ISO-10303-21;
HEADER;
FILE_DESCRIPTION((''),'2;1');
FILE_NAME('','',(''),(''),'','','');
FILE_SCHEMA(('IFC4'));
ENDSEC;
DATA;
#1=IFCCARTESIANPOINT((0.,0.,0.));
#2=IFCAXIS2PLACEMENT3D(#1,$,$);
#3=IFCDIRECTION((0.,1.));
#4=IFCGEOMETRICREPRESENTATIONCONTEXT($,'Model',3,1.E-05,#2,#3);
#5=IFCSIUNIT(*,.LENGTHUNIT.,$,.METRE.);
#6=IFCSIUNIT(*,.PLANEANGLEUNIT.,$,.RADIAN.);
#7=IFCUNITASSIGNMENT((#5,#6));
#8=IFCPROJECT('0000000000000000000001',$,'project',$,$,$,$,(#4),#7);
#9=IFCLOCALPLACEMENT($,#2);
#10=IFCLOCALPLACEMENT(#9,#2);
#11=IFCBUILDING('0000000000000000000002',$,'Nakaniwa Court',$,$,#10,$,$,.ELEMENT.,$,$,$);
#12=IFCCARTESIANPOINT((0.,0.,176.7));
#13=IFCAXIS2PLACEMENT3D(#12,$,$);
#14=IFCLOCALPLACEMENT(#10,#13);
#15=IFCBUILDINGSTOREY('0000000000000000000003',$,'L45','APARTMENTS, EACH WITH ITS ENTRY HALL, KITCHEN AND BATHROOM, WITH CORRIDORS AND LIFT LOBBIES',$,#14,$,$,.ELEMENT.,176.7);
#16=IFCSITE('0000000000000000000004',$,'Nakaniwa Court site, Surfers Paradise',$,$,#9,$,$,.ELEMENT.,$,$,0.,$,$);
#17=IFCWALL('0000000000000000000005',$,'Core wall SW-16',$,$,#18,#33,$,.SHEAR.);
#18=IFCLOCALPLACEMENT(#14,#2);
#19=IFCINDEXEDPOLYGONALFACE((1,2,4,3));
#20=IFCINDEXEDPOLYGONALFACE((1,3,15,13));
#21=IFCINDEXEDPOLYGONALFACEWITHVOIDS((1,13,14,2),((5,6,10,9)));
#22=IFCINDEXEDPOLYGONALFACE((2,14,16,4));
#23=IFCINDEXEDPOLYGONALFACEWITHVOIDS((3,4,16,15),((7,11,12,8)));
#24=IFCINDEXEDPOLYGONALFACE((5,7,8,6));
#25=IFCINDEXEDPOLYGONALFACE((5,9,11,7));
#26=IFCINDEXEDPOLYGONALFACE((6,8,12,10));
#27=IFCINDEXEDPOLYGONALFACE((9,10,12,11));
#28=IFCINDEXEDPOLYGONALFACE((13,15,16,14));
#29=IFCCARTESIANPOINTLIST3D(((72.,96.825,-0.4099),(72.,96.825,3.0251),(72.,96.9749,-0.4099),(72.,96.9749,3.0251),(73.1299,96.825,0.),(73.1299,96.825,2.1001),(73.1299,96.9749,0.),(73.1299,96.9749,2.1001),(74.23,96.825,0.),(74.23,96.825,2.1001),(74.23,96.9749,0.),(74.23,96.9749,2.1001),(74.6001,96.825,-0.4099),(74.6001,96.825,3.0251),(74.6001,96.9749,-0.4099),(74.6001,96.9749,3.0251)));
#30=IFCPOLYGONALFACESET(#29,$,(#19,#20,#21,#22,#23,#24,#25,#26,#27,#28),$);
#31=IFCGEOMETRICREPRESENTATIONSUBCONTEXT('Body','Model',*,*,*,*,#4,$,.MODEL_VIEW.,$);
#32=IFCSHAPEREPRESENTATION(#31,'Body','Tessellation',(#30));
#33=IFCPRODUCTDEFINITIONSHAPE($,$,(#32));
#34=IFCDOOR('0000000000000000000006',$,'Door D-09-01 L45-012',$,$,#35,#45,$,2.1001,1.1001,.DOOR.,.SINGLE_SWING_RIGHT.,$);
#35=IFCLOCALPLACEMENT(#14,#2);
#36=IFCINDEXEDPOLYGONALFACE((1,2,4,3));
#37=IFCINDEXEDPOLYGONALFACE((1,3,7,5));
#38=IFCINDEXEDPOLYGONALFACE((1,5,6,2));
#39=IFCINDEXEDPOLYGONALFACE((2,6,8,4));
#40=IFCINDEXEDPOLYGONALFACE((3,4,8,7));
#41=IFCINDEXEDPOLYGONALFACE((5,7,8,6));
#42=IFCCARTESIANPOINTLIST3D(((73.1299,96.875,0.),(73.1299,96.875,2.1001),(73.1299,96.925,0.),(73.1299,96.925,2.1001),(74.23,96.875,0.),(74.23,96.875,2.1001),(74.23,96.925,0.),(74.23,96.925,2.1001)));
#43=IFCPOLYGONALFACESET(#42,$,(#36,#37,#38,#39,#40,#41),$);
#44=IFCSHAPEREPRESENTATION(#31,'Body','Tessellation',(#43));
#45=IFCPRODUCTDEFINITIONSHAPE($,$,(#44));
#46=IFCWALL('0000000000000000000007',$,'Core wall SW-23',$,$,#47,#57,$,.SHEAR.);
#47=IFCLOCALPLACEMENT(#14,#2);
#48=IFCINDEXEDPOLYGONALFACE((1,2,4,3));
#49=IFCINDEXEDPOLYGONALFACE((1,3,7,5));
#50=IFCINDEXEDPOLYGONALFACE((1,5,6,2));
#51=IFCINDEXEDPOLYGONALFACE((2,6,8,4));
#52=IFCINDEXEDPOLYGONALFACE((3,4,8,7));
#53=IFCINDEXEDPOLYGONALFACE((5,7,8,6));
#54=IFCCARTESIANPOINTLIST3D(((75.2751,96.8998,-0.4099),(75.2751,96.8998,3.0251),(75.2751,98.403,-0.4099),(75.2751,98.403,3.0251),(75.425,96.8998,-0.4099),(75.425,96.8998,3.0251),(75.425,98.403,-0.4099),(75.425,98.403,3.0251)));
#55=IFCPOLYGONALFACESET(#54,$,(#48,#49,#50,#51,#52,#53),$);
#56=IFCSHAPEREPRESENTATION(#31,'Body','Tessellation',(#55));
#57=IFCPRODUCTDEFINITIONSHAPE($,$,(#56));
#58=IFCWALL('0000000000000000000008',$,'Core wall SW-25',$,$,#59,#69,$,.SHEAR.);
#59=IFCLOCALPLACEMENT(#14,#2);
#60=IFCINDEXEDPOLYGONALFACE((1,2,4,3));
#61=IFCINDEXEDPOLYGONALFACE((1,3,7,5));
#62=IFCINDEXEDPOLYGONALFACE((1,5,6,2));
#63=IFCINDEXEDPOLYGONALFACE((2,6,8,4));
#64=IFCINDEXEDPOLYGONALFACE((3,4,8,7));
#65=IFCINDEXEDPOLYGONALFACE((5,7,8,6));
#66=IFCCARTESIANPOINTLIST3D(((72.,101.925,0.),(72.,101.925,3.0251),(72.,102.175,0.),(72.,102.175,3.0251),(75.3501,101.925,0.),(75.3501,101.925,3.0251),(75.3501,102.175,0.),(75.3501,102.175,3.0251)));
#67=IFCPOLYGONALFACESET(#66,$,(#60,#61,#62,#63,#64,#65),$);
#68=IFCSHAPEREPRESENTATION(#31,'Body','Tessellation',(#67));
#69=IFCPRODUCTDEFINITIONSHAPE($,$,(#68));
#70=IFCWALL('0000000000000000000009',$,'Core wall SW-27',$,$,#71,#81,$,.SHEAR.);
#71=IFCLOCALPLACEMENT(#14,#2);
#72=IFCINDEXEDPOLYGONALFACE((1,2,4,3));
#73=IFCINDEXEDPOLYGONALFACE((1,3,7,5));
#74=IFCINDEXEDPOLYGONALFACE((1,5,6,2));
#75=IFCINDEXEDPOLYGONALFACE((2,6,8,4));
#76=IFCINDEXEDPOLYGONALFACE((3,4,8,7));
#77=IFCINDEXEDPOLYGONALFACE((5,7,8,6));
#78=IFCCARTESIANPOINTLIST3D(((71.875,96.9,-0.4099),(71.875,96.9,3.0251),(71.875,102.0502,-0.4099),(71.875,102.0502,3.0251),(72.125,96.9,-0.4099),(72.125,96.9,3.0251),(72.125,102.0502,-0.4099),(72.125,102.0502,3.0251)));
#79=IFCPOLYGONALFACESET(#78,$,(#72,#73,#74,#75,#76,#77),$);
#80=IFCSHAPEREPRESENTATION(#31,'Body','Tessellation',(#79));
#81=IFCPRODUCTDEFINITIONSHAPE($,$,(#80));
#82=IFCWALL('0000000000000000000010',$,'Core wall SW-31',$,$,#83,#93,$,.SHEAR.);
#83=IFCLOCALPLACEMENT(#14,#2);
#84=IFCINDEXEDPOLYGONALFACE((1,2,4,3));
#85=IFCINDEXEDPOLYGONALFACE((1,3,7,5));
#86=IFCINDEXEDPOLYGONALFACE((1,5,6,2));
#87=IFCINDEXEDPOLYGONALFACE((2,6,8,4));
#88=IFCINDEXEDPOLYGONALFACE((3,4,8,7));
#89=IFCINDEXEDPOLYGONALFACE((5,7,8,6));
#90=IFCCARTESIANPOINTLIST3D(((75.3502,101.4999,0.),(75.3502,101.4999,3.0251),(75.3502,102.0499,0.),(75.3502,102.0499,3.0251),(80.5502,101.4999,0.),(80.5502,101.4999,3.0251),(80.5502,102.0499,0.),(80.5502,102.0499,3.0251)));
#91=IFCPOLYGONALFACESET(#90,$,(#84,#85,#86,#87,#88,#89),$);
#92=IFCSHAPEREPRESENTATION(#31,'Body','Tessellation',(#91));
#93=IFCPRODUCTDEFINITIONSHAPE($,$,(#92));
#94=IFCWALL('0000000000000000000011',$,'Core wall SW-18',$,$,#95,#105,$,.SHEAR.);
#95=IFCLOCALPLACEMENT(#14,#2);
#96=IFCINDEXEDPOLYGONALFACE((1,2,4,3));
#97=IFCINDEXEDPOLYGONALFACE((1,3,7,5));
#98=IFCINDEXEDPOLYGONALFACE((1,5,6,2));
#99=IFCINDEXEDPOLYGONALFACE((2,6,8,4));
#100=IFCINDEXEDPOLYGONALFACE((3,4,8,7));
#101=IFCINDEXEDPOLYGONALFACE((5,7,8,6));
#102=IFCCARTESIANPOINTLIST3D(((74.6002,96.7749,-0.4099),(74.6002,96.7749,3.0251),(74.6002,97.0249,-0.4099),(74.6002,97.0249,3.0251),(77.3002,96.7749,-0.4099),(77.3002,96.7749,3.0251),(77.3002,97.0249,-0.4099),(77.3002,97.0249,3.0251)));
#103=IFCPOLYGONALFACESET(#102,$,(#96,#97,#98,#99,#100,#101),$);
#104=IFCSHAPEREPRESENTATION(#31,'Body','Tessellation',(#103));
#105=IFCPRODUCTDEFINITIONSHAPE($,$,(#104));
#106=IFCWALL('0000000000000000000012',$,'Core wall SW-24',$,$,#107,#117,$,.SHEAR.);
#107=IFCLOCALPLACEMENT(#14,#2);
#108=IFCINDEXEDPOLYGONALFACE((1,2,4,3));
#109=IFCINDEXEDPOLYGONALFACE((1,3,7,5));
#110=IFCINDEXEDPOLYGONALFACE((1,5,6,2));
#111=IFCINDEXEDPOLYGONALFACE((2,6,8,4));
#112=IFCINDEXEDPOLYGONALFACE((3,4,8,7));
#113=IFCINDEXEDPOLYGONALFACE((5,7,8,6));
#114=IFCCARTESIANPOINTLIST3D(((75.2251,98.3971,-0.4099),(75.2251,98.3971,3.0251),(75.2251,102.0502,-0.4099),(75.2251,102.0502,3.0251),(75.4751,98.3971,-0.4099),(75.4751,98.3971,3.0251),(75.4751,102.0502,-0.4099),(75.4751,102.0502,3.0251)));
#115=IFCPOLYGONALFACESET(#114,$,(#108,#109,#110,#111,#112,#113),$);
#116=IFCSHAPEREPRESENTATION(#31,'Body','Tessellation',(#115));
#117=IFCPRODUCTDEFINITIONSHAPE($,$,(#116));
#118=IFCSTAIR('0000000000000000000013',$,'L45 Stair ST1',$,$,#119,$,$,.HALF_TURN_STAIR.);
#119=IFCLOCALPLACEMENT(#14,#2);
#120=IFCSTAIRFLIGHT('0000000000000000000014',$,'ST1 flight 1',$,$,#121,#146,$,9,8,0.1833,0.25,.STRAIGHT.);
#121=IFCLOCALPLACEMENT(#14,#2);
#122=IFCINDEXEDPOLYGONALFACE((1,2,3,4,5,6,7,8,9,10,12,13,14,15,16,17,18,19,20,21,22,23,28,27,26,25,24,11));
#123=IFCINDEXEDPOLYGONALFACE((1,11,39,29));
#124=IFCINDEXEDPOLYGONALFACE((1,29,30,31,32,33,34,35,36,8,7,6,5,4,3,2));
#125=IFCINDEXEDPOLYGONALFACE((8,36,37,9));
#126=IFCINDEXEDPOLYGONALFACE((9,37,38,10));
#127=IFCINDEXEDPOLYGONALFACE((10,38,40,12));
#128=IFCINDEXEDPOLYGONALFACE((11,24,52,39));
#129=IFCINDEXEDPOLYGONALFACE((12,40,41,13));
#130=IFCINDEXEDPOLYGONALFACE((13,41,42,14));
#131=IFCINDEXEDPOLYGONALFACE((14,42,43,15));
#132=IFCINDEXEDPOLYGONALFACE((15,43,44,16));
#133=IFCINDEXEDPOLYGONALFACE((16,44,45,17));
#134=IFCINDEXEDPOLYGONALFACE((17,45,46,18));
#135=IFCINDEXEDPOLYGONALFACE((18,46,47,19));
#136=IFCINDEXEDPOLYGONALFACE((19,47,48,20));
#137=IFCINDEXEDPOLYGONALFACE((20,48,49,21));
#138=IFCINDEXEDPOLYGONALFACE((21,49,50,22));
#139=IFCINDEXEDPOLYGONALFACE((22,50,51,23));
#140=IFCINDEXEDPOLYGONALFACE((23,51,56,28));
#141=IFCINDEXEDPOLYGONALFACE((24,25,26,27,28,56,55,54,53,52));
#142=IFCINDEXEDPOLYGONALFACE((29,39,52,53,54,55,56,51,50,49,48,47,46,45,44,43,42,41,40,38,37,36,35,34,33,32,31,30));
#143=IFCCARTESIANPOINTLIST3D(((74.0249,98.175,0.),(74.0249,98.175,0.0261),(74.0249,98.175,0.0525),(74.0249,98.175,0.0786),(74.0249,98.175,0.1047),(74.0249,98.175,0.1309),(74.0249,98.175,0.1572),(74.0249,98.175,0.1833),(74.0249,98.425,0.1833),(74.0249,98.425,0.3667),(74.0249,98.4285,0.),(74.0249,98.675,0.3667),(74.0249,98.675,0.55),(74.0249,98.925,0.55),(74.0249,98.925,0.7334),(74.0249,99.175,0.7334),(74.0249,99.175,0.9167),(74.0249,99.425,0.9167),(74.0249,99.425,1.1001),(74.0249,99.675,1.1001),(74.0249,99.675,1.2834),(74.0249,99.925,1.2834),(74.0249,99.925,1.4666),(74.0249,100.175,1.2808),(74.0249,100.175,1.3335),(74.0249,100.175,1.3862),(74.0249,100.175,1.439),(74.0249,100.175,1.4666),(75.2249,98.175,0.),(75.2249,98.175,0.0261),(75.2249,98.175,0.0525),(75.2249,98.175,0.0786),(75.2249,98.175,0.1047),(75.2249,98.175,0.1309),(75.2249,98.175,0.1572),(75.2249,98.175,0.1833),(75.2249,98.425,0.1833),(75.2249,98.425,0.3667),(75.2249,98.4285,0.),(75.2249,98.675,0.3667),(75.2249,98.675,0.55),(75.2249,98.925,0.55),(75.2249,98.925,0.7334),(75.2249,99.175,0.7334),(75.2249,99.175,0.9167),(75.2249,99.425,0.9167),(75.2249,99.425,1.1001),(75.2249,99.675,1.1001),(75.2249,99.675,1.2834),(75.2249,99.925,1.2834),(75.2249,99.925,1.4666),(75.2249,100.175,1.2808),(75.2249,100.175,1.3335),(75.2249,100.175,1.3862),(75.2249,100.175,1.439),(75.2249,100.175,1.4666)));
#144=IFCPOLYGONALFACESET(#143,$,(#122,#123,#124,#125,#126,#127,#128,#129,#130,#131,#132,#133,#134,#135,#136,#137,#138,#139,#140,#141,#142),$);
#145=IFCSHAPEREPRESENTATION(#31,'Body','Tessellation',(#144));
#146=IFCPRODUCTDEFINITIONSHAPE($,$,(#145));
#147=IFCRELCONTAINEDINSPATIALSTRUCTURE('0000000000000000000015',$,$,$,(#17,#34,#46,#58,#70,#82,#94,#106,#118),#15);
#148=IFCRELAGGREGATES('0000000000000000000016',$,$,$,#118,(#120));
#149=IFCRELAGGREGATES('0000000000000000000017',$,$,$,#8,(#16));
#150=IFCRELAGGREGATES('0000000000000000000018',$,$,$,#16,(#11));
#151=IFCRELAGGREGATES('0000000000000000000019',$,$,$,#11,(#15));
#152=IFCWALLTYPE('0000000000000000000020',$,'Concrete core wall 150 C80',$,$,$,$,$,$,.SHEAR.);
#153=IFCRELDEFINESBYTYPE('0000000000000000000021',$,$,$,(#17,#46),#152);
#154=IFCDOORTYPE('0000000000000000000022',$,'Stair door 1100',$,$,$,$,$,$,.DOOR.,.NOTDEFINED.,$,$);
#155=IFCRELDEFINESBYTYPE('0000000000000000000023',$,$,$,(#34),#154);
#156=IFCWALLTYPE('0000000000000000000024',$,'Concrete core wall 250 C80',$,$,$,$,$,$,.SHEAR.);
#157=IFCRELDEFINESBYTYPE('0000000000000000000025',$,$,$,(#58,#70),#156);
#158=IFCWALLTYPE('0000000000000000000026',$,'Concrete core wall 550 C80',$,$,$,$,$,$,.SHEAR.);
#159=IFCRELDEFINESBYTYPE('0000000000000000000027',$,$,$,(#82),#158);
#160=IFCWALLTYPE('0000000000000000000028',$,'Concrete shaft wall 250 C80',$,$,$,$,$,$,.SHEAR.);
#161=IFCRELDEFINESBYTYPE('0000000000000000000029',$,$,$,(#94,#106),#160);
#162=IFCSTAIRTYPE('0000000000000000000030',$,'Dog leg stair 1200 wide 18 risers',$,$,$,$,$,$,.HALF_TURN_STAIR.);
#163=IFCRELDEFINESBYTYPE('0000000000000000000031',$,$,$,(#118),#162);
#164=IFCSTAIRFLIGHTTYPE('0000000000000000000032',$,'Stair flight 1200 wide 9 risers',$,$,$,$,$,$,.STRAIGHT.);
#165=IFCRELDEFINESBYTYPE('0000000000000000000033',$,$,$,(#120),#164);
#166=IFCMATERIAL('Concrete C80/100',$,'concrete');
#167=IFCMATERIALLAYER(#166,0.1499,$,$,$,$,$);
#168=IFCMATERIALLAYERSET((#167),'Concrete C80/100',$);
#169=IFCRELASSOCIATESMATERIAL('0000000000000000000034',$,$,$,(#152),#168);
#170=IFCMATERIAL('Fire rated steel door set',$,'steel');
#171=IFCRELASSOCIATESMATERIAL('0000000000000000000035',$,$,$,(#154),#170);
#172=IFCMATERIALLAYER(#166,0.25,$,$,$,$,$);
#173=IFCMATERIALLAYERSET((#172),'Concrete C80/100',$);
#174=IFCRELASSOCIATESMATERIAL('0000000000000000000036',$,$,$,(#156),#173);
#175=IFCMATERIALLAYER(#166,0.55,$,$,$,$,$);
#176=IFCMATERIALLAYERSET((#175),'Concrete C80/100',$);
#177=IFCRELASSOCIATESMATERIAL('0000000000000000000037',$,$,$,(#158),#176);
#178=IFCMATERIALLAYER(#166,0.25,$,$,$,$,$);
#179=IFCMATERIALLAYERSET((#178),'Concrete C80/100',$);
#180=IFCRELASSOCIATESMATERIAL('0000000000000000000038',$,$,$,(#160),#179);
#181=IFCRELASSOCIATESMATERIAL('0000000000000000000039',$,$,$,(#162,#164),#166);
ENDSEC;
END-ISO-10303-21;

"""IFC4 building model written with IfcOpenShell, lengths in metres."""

from ifc_helpers import new_model, si_unit, direction, frame, frame_2d, origin, place, context, subcontext, project, spatial, polyline, rectangle, outline, extrude, material, layer, layer_set, type_object, element, fill, aggregate, save


model = new_model("IFC4")

# Units and contexts
model_context = context("Model", 3, precision=1e-05, world=origin(), true_north=direction((0.0, 1.0)))
body_context = subcontext(model_context, "Body", "Model", "MODEL_VIEW")
ifc_project = project(units=[si_unit("LENGTHUNIT", "METRE"), si_unit("PLANEANGLEUNIT", "RADIAN")], contexts=[model_context])

# Site, building, storey
site_placement = place(None, origin())
site = spatial("IfcSite", under=ifc_project, at=site_placement, Name="Nakaniwa Court site, Surfers Paradise", CompositionType="ELEMENT", RefElevation=0.0)
building_placement = place(site_placement, origin())
building = spatial("IfcBuilding", under=site, at=building_placement, Name="Nakaniwa Court", CompositionType="ELEMENT")
storey_placement = place(building_placement, frame((0.0, 0.0, 176.7)))
storey = spatial("IfcBuildingStorey", under=building, at=storey_placement, Name="L45", Description="APARTMENTS, EACH WITH ITS ENTRY HALL, KITCHEN AND BATHROOM, WITH CORRIDORS AND LIFT LOBBIES", CompositionType="ELEMENT", Elevation=176.7)

# Shared definitions
ifc_material_1 = material(Name="Concrete C80/100", Category="concrete")

# Shared definitions
ifc_material_2 = material(Name="Fire rated steel door set", Category="steel")

# Wall, opening, door
ifc_layer_1 = layer(ifc_material_1, 0.1499)
ifc_layer_set_1 = layer_set([ifc_layer_1], Name="Concrete C80/100")
wall_type_1 = type_object("IfcWallType", Name="Concrete core wall 150 C80", PredefinedType="SHEAR", material=ifc_layer_set_1)
wall_1_placement = place(storey_placement, frame((74.6001, 96.8999, -0.4099), z_axis=(0.0, 0.0, 1.0), x_axis=(-1.0, 0.0, 0.0)))
wall_1 = element("IfcWall", 1, at=wall_1_placement, inside=storey, type_object=wall_type_1, Name="Core wall SW-16", PredefinedType="SHEAR", context=body_context, shape_type="SweptSolid", body=[
    extrude(rectangle(XDim=2.6001, YDim=0.1499, at=frame_2d((1.3, 0.0))), origin(), (0.0, 0.0, 1.0), 3.4351),
])
opening_1_placement = place(wall_1_placement, frame((0.3701, 0.0, 0.4099)))
opening_1 = element("IfcOpeningElement", 2, at=opening_1_placement, cuts=wall_1, PredefinedType="OPENING", context=body_context, shape_type="SweptSolid", body=[
    extrude(rectangle(XDim=1.1001, YDim=2.1001, at=frame_2d((0.55, 1.05))), frame((0.0, 0.085, 0.0), z_axis=(0.0, -1.0, 0.0), x_axis=(1.0, 0.0, 0.0)), (0.0, 0.0, 1.0), 0.1699),
])
door_type_1 = type_object("IfcDoorType", Name="Stair door 1100", OperationType="NOTDEFINED", PredefinedType="DOOR", material=ifc_material_2)
door_1_placement = place(opening_1_placement, origin())
door_1 = element("IfcDoor", 3, at=door_1_placement, inside=storey, type_object=door_type_1, Name="Door D-09-01 L45-012", OperationType="SINGLE_SWING_RIGHT", OverallHeight=2.1001, OverallWidth=1.1001, PredefinedType="DOOR", context=body_context, shape_type="SweptSolid", body=[
    extrude(rectangle(XDim=1.1001, YDim=2.1001, at=frame_2d((0.55, 1.05))), frame((0.0, 0.0249, 0.0), z_axis=(0.0, -1.0, 0.0), x_axis=(1.0, 0.0, 0.0)), (0.0, 0.0, 1.0), 0.05),
])
fill(opening_1, door_1)

# Walls
wall_2_placement = place(storey_placement, frame((75.3501, 96.8999, -0.4099), z_axis=(0.0, 0.0, 1.0), x_axis=(0.0, 1.0, 0.0)))
element("IfcWall", 4, at=wall_2_placement, inside=storey, type_object=wall_type_1, Name="Core wall SW-23", PredefinedType="SHEAR", context=body_context, shape_type="SweptSolid", body=[
    extrude(rectangle(XDim=1.5032, YDim=0.1499, at=frame_2d((0.7515, 0.0))), origin(), (0.0, 0.0, 1.0), 3.4351),
])
ifc_layer_2 = layer(ifc_material_1, 0.25)
ifc_layer_set_2 = layer_set([ifc_layer_2], Name="Concrete C80/100")
wall_type_2 = type_object("IfcWallType", Name="Concrete core wall 250 C80", PredefinedType="SHEAR", material=ifc_layer_set_2)
wall_3_placement = place(storey_placement, frame((72.0, 102.05, 0.0), z_axis=(0.0, 0.0, 1.0), x_axis=(1.0, 0.0, 0.0)))
element("IfcWall", 5, at=wall_3_placement, inside=storey, type_object=wall_type_2, Name="Core wall SW-25", PredefinedType="SHEAR", context=body_context, shape_type="SweptSolid", body=[
    extrude(rectangle(XDim=3.3501, YDim=0.25, at=frame_2d((1.675, 0.0))), origin(), (0.0, 0.0, 1.0), 3.0251),
])
wall_4_placement = place(storey_placement, frame((72.0, 96.8999, -0.4099), z_axis=(0.0, 0.0, 1.0), x_axis=(0.0, 1.0, 0.0)))
element("IfcWall", 6, at=wall_4_placement, inside=storey, type_object=wall_type_2, Name="Core wall SW-27", PredefinedType="SHEAR", context=body_context, shape_type="SweptSolid", body=[
    extrude(rectangle(XDim=5.1501, YDim=0.25, at=frame_2d((2.5752, 0.0))), origin(), (0.0, 0.0, 1.0), 3.4351),
])
ifc_layer_3 = layer(ifc_material_1, 0.55)
ifc_layer_set_3 = layer_set([ifc_layer_3], Name="Concrete C80/100")
wall_type_3 = type_object("IfcWallType", Name="Concrete core wall 550 C80", PredefinedType="SHEAR", material=ifc_layer_set_3)
wall_5_placement = place(storey_placement, frame((75.3501, 101.7749, 0.0), z_axis=(0.0, 0.0, 1.0), x_axis=(1.0, 0.0, 0.0)))
element("IfcWall", 7, at=wall_5_placement, inside=storey, type_object=wall_type_3, Name="Core wall SW-31", PredefinedType="SHEAR", context=body_context, shape_type="SweptSolid", body=[
    extrude(rectangle(XDim=5.2, YDim=0.55, at=frame_2d((2.6001, 0.0))), origin(), (0.0, 0.0, 1.0), 3.0251),
])
ifc_layer_4 = layer(ifc_material_1, 0.25)
ifc_layer_set_4 = layer_set([ifc_layer_4], Name="Concrete C80/100")
wall_type_4 = type_object("IfcWallType", Name="Concrete shaft wall 250 C80", PredefinedType="SHEAR", material=ifc_layer_set_4)
wall_6_placement = place(storey_placement, frame((74.6001, 96.8999, -0.4099), z_axis=(0.0, 0.0, 1.0), x_axis=(1.0, 0.0, 0.0)))
element("IfcWall", 8, at=wall_6_placement, inside=storey, type_object=wall_type_4, Name="Core wall SW-18", PredefinedType="SHEAR", context=body_context, shape_type="SweptSolid", body=[
    extrude(rectangle(XDim=2.7, YDim=0.25, at=frame_2d((1.3501, 0.0))), origin(), (0.0, 0.0, 1.0), 3.4351),
])
wall_7_placement = place(storey_placement, frame((75.3501, 98.397, -0.4099), z_axis=(0.0, 0.0, 1.0), x_axis=(0.0, 1.0, 0.0)))
element("IfcWall", 9, at=wall_7_placement, inside=storey, type_object=wall_type_4, Name="Core wall SW-24", PredefinedType="SHEAR", context=body_context, shape_type="SweptSolid", body=[
    extrude(rectangle(XDim=3.6531, YDim=0.25, at=frame_2d((1.8267, 0.0))), origin(), (0.0, 0.0, 1.0), 3.4351),
])

# Stair, stair flight
stair_type = type_object("IfcStairType", Name="Dog leg stair 1200 wide 18 risers", PredefinedType="HALF_TURN_STAIR", material=ifc_material_1)
stair_placement = place(storey_placement, origin())
stair = element("IfcStair", 10, at=stair_placement, inside=storey, type_object=stair_type, Name="L45 Stair ST1", PredefinedType="HALF_TURN_STAIR")
stair_flight_type = type_object("IfcStairFlightType", Name="Stair flight 1200 wide 9 risers", PredefinedType="STRAIGHT", material=ifc_material_1)
stair_flight_1_placement = place(storey_placement, frame((74.625, 98.175, 0.0), z_axis=(0.0, 0.0, 1.0), x_axis=(0.0, 1.0, 0.0)))
stair_flight_1 = element("IfcStairFlight", 11, at=stair_flight_1_placement, type_object=stair_flight_type, Name="ST1 flight 1", NumberOfRisers=9, NumberOfTreads=8, PredefinedType="STRAIGHT", RiserHeight=0.1833, TreadLength=0.25, context=body_context, shape_type="SweptSolid", body=[
    extrude(outline(polyline([(0.0, 0.0), (0.0, 0.0261), (0.0, 0.0525), (0.0, 0.0786), (0.0, 0.1047), (0.0, 0.1309), (0.0, 0.1572), (0.0, 0.1833), (0.25, 0.1833), (0.25, 0.3667), (0.5, 0.3667), (0.5, 0.55), (0.75, 0.55), (0.75, 0.7334), (1.0, 0.7334), (1.0, 0.9167), (1.25, 0.9167), (1.25, 1.1001), (1.5, 1.1001), (1.5, 1.2834), (1.75, 1.2834), (1.75, 1.4666), (2.0, 1.4666), (2.0, 1.6499), (2.0, 1.5972), (2.0, 1.5444), (2.0, 1.4917), (2.0, 1.439), (2.0, 1.3862), (2.0, 1.3335), (2.0, 1.2808), (0.2534, 0.0), (0.0, 0.0)])), frame((0.0, 0.6001, 0.0), z_axis=(0.0, -1.0, 0.0), x_axis=(1.0, 0.0, 0.0)), (0.0, 0.0, 1.0), 1.2),
])
aggregate(stair, [stair_flight_1])

save(model, "model.ifc")
